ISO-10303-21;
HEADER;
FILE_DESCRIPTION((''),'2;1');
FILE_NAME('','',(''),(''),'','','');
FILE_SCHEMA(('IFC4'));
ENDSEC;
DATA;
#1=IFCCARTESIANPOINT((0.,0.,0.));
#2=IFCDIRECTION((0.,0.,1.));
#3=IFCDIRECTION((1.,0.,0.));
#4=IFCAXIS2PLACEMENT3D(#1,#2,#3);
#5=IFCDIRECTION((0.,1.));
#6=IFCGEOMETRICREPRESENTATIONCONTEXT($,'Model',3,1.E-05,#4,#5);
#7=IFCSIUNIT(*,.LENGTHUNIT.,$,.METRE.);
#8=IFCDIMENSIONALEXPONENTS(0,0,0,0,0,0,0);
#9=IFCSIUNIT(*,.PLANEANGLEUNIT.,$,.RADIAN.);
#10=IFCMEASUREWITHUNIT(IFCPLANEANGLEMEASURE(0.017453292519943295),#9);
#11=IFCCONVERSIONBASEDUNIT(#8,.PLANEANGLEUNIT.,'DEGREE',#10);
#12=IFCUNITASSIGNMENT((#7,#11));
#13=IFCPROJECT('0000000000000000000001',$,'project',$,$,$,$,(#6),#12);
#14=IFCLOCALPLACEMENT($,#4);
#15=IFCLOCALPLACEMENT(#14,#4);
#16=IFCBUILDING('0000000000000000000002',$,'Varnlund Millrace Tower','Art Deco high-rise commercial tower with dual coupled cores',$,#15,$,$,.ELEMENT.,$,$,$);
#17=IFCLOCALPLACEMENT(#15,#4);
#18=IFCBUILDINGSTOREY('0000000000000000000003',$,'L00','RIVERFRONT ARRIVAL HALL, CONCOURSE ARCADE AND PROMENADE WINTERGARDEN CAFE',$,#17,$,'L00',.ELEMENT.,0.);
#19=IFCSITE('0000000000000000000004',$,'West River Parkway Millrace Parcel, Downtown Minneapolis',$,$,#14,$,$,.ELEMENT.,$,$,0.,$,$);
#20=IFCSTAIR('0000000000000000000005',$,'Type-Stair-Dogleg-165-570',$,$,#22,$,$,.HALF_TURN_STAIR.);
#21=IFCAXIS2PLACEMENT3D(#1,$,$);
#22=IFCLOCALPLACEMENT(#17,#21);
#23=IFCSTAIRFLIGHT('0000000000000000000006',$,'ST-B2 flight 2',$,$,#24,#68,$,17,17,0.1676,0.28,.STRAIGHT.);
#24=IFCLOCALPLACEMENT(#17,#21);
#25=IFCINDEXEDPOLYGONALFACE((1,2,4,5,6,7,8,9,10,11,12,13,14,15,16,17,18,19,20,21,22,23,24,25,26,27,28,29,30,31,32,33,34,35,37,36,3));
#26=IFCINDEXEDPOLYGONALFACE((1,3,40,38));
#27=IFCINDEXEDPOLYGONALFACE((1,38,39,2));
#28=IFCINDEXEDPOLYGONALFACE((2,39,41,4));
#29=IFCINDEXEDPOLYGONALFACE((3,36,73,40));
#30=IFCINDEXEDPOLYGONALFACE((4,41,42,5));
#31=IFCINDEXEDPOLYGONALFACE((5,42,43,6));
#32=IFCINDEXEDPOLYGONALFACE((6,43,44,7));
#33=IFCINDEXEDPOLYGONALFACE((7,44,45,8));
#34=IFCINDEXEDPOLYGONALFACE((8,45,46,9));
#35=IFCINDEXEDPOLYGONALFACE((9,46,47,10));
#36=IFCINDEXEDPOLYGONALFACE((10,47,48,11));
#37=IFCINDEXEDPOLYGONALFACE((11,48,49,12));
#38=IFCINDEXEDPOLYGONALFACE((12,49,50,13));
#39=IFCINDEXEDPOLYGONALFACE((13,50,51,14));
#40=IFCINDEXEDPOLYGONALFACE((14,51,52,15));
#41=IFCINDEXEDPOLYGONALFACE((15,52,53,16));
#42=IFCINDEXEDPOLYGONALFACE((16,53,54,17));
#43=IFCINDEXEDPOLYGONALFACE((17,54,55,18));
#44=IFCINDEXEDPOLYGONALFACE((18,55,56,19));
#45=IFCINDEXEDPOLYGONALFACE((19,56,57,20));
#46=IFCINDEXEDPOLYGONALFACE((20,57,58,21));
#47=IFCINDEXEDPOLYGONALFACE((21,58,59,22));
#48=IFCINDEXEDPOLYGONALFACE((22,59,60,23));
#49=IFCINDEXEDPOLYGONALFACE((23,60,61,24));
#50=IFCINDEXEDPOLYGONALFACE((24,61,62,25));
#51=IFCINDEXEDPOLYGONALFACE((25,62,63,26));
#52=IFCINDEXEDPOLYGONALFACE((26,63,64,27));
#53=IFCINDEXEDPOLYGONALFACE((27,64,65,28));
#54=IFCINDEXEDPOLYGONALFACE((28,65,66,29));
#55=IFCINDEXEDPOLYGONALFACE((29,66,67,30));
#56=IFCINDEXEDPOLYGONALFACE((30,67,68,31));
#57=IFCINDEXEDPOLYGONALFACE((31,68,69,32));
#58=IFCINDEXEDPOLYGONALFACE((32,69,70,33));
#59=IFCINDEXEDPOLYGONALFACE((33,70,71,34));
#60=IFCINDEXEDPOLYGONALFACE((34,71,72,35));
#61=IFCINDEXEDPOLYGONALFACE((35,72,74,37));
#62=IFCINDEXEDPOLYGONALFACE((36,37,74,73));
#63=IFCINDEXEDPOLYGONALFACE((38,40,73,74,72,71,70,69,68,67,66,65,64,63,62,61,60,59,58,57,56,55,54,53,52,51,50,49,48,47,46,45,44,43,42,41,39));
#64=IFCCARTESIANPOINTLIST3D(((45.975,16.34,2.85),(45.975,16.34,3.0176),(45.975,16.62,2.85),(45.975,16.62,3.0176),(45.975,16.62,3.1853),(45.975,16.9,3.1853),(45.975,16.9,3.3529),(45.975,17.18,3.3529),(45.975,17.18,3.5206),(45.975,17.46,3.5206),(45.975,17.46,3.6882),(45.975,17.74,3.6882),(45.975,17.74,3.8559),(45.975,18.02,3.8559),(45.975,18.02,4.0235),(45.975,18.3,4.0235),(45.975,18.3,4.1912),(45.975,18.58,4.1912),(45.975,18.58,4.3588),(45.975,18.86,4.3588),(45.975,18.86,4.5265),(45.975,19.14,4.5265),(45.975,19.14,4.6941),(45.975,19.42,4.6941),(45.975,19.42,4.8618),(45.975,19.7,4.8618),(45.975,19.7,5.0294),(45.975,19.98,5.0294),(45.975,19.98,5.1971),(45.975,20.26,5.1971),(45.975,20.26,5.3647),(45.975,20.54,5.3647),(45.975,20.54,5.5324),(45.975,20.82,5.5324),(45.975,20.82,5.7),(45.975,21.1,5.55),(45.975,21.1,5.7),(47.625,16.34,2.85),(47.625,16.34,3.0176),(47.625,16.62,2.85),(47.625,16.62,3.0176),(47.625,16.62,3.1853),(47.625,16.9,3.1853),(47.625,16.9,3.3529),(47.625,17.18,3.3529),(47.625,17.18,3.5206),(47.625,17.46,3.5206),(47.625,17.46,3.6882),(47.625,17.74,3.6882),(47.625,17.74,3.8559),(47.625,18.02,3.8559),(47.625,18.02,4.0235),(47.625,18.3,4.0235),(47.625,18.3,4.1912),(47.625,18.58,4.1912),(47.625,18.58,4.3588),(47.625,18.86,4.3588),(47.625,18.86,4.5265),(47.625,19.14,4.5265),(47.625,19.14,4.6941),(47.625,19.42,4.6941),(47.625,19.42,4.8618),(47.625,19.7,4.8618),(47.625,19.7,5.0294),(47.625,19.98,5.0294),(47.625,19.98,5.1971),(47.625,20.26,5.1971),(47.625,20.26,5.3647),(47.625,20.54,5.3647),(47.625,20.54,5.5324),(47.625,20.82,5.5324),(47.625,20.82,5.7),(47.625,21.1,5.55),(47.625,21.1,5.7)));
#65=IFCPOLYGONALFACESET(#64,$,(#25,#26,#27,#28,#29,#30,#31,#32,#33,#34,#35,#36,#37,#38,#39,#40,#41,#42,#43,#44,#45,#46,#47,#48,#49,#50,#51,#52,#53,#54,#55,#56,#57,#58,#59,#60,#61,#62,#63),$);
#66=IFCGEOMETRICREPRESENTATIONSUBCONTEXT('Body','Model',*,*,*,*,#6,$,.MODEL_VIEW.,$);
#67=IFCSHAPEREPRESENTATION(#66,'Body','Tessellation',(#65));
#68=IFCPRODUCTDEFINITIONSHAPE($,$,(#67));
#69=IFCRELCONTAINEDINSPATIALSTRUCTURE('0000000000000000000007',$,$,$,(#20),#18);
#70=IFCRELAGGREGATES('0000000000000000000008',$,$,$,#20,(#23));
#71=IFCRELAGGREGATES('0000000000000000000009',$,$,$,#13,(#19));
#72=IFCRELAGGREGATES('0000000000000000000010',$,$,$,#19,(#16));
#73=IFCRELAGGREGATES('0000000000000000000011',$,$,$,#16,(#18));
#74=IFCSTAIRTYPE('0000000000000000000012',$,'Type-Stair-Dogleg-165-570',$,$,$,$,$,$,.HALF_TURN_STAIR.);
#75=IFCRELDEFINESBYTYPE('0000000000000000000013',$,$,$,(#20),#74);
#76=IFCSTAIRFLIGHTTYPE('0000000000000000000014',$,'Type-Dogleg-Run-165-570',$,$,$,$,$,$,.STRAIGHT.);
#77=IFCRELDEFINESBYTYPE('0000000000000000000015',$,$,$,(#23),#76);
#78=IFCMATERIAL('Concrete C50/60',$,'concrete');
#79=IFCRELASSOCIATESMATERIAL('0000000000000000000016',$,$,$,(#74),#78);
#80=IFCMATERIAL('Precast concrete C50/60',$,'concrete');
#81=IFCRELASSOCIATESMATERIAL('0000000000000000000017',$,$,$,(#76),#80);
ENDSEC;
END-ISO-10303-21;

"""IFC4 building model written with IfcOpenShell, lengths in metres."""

from ifc_helpers import new_model, entity, si_unit, converted_unit, direction, frame, origin_with_axes, place, context, subcontext, project, spatial, polyline, outline, extrude, material, type_object, element, aggregate, save


model = new_model("IFC4")

# Units and contexts
model_context = context("Model", 3, precision=1e-05, world=origin_with_axes(), true_north=direction((0.0, 1.0)))
body_context = subcontext(model_context, "Body", "Model", "MODEL_VIEW")
ifc_project = project(units=[si_unit("LENGTHUNIT", "METRE"), converted_unit("PLANEANGLEUNIT", "DEGREE", entity("IfcPlaneAngleMeasure", 0.017453292519943295), si_unit("PLANEANGLEUNIT", "RADIAN"), dimensions=[0, 0, 0, 0, 0, 0, 0])], contexts=[model_context])

# Site, building, storey
site_placement = place(None, origin_with_axes())
site = spatial("IfcSite", under=ifc_project, at=site_placement, Name="West River Parkway Millrace Parcel, Downtown Minneapolis", CompositionType="ELEMENT", RefElevation=0.0)
building_placement = place(site_placement, origin_with_axes())
building = spatial("IfcBuilding", under=site, at=building_placement, Name="Varnlund Millrace Tower", Description="Art Deco high-rise commercial tower with dual coupled cores", CompositionType="ELEMENT")
storey_placement = place(building_placement, origin_with_axes())
storey = spatial("IfcBuildingStorey", under=building, at=storey_placement, Name="L00", Description="RIVERFRONT ARRIVAL HALL, CONCOURSE ARCADE AND PROMENADE WINTERGARDEN CAFE", LongName="L00", CompositionType="ELEMENT", Elevation=0.0)

# Shared definitions
ifc_material_1 = material(Name="Concrete C50/60", Category="concrete")
stair_type = type_object("IfcStairType", Name="Type-Stair-Dogleg-165-570", PredefinedType="HALF_TURN_STAIR", material=ifc_material_1)
ifc_material_2 = material(Name="Precast concrete C50/60", Category="concrete")
stair_flight_type = type_object("IfcStairFlightType", Name="Type-Dogleg-Run-165-570", PredefinedType="STRAIGHT", material=ifc_material_2)

# Stair, stair flight
stair_1_placement = place(storey_placement, origin_with_axes())
stair_1 = element("IfcStair", 1, at=stair_1_placement, inside=storey, type_object=stair_type, Name="Type-Stair-Dogleg-165-570", PredefinedType="HALF_TURN_STAIR")
stair_flight_1_placement = place(storey_placement, frame((45.975, 16.34, 2.85), z_axis=(1.0, 0.0, 0.0), x_axis=(0.0, 1.0, 0.0)))
stair_flight_1 = element("IfcStairFlight", 2, at=stair_flight_1_placement, type_object=stair_flight_type, Name="ST-B2 flight 2", NumberOfRisers=17, NumberOfTreads=17, PredefinedType="STRAIGHT", RiserHeight=0.1676, TreadLength=0.28, context=body_context, shape_type="SweptSolid", body=[
    extrude(outline(polyline([(0.0, 0.0), (0.0, 0.1676), (0.28, 0.1676), (0.28, 0.3353), (0.56, 0.3353), (0.56, 0.5029), (0.84, 0.5029), (0.84, 0.6706), (1.12, 0.6706), (1.12, 0.8382), (1.4, 0.8382), (1.4, 1.0059), (1.68, 1.0059), (1.68, 1.1735), (1.96, 1.1735), (1.96, 1.3412), (2.24, 1.3412), (2.24, 1.5088), (2.52, 1.5088), (2.52, 1.6765), (2.8, 1.6765), (2.8, 1.8441), (3.08, 1.8441), (3.08, 2.0118), (3.36, 2.0118), (3.36, 2.1794), (3.64, 2.1794), (3.64, 2.3471), (3.92, 2.3471), (3.92, 2.5147), (4.2, 2.5147), (4.2, 2.6824), (4.48, 2.6824), (4.48, 2.85), (4.76, 2.85), (4.76, 2.7), (0.28, 0.0), (0.0, 0.0)])), origin_with_axes(), (0.0, 0.0, 1.0), 1.65),
])
aggregate(stair_1, [stair_flight_1])

save(model, "model.ifc")
